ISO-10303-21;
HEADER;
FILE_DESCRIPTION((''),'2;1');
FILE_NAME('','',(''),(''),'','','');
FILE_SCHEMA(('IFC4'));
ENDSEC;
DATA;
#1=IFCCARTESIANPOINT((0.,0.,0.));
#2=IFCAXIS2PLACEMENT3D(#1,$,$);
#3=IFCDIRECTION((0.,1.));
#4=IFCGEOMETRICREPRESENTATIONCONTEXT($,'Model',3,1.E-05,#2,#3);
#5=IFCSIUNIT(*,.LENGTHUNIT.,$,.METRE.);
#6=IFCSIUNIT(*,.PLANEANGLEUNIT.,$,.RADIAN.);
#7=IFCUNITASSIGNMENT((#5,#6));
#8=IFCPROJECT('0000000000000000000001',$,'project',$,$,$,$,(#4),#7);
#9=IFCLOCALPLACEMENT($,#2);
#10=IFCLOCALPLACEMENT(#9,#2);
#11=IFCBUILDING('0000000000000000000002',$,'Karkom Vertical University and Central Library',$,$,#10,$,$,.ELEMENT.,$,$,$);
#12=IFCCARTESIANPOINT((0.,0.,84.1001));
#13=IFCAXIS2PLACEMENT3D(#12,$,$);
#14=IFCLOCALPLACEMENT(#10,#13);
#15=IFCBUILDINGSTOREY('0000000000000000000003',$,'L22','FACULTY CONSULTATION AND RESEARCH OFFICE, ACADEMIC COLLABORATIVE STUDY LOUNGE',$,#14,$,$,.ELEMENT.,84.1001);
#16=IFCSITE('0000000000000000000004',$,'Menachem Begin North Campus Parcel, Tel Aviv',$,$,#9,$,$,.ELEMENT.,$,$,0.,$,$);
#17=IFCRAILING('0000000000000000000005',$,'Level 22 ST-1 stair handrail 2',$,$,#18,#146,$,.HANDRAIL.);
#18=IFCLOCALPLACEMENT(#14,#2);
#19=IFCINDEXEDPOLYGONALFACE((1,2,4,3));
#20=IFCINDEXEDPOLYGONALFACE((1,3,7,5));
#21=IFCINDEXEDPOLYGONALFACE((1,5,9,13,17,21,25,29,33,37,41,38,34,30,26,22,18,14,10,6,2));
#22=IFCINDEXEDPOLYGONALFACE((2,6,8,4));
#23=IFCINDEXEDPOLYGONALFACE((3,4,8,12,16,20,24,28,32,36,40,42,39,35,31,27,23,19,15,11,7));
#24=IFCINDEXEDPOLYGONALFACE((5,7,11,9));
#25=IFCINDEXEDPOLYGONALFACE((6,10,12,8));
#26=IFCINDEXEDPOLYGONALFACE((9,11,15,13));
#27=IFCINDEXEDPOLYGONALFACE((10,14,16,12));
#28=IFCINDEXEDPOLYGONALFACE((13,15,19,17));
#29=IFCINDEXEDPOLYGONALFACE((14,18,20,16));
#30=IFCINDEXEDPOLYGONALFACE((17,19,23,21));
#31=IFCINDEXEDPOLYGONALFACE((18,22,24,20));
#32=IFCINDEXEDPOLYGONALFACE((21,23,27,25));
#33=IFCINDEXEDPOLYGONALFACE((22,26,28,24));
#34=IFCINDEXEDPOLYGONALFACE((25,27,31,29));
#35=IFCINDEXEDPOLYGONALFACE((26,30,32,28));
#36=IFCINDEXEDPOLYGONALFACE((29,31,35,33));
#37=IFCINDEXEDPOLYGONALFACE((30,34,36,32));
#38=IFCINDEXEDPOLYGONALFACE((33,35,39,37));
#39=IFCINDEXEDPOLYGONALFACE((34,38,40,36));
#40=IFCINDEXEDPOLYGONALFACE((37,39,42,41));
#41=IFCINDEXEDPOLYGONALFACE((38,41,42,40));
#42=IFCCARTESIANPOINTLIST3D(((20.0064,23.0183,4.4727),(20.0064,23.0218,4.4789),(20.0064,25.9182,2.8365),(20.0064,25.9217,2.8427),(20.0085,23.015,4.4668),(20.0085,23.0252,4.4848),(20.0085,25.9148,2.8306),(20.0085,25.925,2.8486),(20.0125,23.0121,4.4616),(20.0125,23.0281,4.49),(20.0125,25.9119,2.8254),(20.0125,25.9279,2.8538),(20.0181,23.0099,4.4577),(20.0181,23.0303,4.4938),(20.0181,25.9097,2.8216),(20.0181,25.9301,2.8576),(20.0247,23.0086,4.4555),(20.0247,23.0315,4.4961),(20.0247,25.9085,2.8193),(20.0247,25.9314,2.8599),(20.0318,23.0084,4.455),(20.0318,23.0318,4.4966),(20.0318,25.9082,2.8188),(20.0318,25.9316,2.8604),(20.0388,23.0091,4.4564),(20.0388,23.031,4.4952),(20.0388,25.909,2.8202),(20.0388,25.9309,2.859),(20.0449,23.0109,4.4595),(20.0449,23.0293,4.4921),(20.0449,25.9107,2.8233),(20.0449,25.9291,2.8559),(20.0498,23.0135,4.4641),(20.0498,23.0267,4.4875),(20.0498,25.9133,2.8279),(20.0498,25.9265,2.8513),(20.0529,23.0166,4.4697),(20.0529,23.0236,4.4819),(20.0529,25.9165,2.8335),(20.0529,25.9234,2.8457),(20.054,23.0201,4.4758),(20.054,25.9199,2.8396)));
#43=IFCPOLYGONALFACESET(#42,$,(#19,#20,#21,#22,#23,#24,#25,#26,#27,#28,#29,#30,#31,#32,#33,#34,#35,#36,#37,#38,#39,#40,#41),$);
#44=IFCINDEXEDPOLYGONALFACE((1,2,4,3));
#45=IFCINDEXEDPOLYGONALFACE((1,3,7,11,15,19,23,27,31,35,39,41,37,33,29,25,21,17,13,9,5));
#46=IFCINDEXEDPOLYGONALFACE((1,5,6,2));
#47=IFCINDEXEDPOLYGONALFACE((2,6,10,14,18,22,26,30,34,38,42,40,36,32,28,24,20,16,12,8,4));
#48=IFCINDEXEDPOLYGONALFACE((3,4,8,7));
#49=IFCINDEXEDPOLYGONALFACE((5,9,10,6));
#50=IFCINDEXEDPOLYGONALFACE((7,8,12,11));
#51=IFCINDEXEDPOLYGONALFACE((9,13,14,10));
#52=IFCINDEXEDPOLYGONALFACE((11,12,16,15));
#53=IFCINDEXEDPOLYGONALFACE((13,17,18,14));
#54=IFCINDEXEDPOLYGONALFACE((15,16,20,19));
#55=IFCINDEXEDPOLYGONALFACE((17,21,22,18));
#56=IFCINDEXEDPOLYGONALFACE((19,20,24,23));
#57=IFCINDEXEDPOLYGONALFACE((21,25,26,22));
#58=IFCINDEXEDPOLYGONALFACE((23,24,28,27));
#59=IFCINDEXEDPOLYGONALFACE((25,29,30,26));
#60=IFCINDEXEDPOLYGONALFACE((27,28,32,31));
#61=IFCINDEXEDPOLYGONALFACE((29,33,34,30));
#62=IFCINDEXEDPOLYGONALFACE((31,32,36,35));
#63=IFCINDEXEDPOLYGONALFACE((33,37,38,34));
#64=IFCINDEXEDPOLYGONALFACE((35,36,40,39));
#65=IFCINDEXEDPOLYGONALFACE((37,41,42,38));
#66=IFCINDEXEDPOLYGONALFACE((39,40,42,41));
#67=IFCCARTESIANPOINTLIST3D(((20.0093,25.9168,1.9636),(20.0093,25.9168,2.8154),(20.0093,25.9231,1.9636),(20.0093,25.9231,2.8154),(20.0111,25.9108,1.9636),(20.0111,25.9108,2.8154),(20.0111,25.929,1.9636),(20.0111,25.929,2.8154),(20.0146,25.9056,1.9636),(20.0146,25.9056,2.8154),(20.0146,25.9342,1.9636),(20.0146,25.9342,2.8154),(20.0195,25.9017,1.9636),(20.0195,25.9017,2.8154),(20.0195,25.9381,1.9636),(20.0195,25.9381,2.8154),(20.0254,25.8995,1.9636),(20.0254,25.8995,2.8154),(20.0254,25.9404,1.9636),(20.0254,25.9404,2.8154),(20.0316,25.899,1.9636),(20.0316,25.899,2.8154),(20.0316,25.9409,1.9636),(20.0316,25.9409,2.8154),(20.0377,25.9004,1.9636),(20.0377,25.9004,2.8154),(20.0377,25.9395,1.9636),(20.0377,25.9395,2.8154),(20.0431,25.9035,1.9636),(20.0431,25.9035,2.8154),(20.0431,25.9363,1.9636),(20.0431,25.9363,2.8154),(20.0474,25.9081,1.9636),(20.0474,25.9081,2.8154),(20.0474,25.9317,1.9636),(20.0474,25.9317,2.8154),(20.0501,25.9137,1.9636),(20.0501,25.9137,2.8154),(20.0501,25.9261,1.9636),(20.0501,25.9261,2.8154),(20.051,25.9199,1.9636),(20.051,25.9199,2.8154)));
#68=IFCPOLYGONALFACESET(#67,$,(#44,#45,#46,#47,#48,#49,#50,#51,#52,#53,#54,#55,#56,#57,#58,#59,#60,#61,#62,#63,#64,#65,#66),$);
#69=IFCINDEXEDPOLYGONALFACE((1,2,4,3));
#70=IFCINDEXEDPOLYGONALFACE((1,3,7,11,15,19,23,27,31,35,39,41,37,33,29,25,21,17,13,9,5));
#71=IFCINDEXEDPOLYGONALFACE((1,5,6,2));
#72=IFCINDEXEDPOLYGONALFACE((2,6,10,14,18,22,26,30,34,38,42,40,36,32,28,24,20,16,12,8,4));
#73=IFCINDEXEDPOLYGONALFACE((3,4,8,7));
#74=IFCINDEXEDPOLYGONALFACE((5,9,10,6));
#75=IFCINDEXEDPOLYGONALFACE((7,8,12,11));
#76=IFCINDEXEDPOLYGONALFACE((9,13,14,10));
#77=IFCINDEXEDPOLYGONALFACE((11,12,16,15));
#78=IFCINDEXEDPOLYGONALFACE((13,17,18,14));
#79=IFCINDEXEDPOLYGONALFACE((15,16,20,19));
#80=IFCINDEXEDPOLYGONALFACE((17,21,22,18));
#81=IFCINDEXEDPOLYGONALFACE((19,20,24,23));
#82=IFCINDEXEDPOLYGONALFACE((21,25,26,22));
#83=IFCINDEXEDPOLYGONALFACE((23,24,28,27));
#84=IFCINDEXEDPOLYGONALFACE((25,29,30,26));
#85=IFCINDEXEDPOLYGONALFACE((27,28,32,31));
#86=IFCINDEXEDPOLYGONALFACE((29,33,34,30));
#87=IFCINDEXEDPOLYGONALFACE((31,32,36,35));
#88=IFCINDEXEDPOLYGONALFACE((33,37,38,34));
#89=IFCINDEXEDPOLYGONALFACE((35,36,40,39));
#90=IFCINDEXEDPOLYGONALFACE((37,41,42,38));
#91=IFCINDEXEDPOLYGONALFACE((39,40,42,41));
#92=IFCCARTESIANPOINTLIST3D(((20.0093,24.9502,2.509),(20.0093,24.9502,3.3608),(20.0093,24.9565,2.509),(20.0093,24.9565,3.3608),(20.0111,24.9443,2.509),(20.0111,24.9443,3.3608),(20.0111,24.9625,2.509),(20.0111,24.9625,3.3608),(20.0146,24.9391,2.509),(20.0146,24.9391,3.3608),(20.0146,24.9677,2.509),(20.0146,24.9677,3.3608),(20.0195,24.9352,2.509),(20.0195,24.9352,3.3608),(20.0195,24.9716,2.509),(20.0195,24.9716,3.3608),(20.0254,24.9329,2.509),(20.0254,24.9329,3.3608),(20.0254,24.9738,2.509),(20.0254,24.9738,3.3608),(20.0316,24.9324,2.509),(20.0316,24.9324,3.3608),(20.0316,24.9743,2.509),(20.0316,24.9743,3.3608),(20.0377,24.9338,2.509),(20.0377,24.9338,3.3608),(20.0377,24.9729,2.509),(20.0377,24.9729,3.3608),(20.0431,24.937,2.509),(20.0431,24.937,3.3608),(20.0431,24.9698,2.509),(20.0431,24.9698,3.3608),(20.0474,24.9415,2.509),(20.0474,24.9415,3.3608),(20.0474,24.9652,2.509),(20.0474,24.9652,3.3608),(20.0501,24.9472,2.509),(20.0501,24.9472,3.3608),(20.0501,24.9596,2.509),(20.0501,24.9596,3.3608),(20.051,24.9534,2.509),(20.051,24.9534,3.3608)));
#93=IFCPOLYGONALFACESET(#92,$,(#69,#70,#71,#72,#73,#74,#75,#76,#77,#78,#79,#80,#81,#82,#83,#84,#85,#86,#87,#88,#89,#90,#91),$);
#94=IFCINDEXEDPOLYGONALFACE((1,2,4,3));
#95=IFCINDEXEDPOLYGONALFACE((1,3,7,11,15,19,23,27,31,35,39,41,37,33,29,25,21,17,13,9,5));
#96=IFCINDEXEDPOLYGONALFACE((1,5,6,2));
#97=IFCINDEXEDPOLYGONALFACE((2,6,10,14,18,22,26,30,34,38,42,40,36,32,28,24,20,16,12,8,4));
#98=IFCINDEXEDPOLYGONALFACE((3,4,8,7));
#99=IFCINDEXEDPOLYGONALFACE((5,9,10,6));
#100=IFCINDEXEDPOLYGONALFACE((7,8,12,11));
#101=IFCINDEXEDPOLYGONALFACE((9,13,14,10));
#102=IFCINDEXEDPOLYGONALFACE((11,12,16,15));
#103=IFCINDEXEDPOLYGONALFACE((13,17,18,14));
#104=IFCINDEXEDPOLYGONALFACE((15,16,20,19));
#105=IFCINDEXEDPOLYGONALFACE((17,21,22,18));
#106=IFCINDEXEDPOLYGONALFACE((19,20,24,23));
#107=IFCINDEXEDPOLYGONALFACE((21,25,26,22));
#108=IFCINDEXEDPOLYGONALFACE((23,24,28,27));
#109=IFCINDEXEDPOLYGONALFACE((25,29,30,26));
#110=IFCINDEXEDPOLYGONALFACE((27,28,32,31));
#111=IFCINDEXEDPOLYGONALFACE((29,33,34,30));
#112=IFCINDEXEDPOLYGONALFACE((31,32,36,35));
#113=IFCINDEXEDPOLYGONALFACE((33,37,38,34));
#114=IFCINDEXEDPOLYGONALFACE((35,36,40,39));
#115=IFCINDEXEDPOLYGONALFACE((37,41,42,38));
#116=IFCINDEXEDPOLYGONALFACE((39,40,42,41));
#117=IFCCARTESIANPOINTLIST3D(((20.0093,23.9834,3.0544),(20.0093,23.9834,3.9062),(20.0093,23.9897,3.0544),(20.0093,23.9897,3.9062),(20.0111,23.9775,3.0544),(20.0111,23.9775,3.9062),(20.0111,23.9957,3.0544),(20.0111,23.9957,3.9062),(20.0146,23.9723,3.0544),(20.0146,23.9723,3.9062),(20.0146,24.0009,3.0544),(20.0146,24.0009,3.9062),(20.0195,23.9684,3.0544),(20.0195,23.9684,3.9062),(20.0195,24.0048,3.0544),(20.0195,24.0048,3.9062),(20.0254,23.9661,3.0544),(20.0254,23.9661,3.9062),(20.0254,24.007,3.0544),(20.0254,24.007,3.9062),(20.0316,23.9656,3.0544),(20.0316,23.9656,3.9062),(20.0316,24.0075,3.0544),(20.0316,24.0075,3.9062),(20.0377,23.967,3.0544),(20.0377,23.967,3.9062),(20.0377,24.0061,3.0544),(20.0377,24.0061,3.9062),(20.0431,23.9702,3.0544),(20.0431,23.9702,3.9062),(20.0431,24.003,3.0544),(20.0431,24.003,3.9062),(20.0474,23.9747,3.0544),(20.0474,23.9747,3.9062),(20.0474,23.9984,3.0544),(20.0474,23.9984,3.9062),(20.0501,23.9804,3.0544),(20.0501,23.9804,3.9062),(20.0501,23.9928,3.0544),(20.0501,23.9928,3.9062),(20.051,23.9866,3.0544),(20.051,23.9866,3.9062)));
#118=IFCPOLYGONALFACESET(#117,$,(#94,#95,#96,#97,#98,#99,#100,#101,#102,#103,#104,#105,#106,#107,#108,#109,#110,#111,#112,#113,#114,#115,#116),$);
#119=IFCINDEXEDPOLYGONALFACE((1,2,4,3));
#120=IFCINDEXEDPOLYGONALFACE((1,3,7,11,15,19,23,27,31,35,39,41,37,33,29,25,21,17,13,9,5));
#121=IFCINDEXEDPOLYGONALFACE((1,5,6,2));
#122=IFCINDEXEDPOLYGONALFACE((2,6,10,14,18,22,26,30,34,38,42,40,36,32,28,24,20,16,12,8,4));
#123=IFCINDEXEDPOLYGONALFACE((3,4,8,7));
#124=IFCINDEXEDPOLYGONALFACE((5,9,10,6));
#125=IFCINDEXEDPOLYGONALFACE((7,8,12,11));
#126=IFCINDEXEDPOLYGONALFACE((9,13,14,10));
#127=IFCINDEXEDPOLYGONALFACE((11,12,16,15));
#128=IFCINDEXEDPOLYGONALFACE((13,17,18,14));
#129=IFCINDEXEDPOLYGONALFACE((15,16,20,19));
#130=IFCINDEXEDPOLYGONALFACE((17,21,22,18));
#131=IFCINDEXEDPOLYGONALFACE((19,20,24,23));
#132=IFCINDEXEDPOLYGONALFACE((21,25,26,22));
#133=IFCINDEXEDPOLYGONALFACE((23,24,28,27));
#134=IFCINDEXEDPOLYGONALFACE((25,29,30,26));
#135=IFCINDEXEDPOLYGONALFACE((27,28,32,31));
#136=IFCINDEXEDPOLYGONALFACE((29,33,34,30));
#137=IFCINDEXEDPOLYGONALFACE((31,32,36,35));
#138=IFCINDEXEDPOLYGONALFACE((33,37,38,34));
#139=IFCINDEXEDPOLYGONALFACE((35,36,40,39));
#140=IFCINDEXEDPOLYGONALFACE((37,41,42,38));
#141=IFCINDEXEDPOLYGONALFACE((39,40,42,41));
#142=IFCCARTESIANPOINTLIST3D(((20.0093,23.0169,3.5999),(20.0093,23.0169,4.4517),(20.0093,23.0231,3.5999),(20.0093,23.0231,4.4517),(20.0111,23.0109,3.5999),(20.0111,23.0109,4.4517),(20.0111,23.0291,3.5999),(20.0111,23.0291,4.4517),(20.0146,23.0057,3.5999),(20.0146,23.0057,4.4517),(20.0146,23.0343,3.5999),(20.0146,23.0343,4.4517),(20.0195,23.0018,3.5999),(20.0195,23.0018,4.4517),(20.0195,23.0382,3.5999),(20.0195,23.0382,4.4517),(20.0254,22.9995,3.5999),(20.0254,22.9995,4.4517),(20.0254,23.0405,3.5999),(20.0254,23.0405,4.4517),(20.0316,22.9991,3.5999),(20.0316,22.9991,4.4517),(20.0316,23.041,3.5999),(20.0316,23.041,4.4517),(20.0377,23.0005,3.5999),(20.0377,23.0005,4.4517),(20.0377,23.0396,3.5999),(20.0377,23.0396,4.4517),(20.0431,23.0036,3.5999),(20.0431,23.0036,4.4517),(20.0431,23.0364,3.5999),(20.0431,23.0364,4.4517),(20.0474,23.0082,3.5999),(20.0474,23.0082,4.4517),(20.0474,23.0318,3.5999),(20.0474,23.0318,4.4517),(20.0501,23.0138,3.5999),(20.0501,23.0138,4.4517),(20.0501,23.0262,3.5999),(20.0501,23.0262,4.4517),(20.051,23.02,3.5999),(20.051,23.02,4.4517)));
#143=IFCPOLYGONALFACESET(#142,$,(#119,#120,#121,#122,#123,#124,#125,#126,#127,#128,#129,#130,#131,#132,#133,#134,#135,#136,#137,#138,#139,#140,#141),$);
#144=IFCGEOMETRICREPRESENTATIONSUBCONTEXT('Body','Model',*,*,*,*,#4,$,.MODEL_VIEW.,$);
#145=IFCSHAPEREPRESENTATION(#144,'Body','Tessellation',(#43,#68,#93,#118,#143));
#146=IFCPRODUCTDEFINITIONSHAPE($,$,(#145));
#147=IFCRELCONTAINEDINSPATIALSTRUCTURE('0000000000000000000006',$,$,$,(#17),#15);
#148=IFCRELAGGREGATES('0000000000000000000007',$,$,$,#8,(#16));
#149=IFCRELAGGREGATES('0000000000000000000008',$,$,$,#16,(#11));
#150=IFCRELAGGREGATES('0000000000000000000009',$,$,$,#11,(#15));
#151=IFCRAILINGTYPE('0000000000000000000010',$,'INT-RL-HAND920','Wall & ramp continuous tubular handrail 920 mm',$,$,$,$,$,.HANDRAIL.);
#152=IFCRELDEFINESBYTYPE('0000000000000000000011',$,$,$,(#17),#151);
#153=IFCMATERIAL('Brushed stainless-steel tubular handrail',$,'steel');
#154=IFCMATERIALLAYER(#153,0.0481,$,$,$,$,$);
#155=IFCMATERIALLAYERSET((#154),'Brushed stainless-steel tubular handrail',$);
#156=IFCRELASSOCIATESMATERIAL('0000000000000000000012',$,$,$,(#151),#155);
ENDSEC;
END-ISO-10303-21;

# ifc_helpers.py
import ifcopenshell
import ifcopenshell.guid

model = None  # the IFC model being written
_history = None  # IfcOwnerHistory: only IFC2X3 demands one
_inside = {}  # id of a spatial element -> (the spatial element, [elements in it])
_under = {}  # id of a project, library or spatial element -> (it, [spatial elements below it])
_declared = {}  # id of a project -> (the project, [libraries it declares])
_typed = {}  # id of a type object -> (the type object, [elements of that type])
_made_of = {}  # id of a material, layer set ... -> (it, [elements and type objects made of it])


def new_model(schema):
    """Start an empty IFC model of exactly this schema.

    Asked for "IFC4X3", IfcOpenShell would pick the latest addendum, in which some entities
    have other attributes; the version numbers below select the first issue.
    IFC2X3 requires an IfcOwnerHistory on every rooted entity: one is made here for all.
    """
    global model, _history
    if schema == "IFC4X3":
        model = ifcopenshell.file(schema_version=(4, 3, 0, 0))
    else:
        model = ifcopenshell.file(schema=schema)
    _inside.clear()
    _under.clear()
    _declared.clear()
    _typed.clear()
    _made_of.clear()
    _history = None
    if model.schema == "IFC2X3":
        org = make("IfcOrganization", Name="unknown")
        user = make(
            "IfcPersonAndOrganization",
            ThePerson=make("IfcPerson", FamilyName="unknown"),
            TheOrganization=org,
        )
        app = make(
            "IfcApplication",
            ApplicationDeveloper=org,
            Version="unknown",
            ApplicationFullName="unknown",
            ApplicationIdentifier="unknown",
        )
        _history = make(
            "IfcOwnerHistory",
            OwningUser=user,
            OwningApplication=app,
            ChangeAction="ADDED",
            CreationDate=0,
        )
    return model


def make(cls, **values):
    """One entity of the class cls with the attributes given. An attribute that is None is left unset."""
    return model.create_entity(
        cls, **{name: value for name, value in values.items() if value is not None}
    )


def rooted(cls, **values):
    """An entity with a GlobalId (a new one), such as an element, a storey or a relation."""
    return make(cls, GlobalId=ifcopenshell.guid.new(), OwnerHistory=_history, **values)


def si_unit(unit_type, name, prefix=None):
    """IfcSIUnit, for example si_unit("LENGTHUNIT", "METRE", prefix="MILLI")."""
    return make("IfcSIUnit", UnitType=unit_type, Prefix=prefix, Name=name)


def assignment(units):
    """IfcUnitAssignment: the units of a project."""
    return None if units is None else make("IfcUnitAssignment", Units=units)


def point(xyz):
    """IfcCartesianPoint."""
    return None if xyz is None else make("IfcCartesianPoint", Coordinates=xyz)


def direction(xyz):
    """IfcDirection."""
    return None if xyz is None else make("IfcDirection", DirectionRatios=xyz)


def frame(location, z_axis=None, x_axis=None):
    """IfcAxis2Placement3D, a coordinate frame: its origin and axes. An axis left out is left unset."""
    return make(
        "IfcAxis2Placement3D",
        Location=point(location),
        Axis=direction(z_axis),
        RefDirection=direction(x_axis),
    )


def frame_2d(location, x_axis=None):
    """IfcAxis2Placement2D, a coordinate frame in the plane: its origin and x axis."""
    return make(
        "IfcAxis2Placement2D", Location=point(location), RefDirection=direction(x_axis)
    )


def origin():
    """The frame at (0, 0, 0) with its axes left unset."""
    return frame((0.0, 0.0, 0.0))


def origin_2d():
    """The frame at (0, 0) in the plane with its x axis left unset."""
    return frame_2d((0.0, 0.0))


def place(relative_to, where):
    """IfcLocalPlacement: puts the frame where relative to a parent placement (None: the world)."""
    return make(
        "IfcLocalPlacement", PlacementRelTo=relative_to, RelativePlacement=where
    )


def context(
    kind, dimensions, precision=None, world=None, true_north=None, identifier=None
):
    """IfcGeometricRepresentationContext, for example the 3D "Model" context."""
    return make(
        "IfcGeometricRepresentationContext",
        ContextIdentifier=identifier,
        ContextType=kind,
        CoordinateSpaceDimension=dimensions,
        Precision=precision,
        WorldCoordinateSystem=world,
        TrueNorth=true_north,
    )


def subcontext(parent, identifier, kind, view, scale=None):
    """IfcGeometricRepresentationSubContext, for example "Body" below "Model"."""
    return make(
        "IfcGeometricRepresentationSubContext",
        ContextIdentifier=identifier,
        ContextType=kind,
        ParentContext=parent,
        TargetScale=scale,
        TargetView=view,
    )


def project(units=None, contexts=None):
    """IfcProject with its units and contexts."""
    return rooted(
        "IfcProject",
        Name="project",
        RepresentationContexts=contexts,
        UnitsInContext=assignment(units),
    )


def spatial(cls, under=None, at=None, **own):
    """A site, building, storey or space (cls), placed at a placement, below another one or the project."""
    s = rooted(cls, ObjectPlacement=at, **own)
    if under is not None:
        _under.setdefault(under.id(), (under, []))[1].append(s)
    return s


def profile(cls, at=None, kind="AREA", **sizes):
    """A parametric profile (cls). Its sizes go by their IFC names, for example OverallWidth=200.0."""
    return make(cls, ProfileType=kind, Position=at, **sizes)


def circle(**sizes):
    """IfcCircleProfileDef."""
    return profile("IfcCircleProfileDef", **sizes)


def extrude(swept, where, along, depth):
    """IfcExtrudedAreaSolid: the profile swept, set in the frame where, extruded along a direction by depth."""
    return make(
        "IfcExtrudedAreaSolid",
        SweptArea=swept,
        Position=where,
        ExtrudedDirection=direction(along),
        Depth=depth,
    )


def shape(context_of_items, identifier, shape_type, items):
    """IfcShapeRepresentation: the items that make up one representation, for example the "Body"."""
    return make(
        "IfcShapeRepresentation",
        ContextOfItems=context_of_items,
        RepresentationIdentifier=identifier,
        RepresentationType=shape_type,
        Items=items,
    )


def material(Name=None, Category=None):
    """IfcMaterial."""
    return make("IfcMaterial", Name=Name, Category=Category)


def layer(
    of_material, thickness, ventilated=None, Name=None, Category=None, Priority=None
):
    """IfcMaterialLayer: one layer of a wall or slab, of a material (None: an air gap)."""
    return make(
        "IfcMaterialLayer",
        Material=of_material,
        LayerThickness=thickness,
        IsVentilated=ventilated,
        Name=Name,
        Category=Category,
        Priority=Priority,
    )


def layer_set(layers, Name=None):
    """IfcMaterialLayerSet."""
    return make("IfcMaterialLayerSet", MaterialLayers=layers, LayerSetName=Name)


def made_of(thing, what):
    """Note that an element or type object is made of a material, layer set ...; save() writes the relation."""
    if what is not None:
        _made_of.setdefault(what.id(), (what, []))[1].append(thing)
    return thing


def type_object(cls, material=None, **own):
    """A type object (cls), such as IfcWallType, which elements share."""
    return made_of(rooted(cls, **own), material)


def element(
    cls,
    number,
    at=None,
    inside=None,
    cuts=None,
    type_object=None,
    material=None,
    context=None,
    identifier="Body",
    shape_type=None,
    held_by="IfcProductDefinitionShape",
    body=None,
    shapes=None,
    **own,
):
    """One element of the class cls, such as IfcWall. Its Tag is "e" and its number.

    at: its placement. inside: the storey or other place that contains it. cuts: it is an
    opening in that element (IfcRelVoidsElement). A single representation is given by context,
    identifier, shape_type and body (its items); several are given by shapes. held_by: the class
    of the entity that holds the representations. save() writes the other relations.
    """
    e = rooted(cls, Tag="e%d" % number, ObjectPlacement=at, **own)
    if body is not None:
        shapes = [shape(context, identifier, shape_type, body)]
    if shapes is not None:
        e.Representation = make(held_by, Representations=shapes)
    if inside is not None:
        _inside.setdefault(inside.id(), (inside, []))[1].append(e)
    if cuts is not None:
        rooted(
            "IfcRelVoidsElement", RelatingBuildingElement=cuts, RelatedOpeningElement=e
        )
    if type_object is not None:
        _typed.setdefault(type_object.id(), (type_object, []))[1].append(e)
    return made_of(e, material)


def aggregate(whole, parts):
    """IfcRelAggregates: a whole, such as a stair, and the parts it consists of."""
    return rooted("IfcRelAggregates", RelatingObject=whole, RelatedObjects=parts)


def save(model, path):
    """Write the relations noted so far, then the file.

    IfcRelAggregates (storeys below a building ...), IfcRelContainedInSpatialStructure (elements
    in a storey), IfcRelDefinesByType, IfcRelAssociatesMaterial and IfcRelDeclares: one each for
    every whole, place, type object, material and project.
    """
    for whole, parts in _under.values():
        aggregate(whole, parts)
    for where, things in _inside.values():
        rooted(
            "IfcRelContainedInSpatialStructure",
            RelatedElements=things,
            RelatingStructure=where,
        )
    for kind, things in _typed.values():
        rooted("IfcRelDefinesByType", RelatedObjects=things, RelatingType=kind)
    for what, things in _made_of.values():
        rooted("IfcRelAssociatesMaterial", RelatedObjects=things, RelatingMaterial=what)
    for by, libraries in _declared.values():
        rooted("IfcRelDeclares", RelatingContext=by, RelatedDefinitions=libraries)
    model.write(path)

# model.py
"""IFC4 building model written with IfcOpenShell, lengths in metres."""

from ifc_helpers import new_model, si_unit, direction, frame, origin, origin_2d, place, context, subcontext, project, spatial, circle, extrude, material, layer, layer_set, type_object, element, save


model = new_model("IFC4")

# Units and contexts
model_context = context("Model", 3, precision=1e-05, world=origin(), true_north=direction((0.0, 1.0)))
body_context = subcontext(model_context, "Body", "Model", "MODEL_VIEW")
ifc_project = project(units=[si_unit("LENGTHUNIT", "METRE"), si_unit("PLANEANGLEUNIT", "RADIAN")], contexts=[model_context])

# Site, building, storey
site_placement = place(None, origin())
site = spatial("IfcSite", under=ifc_project, at=site_placement, Name="Menachem Begin North Campus Parcel, Tel Aviv", CompositionType="ELEMENT", RefElevation=0.0)
building_placement = place(site_placement, origin())
building = spatial("IfcBuilding", under=site, at=building_placement, Name="Karkom Vertical University and Central Library", CompositionType="ELEMENT")
storey_placement = place(building_placement, frame((0.0, 0.0, 84.1001)))
storey = spatial("IfcBuildingStorey", under=building, at=storey_placement, Name="L22", Description="FACULTY CONSULTATION AND RESEARCH OFFICE, ACADEMIC COLLABORATIVE STUDY LOUNGE", CompositionType="ELEMENT", Elevation=84.1001)

# Railing
ifc_material_1 = material(Name="Brushed stainless-steel tubular handrail", Category="steel")
ifc_layer_1 = layer(ifc_material_1, 0.0481)
ifc_layer_set_1 = layer_set([ifc_layer_1], Name="Brushed stainless-steel tubular handrail")
railing_type_1 = type_object("IfcRailingType", Name="INT-RL-HAND920", Description="Wall & ramp continuous tubular handrail 920 mm", PredefinedType="HANDRAIL", material=ifc_layer_set_1)
railing_1_placement = place(storey_placement, frame((20.03, 25.9199, 1.9636)))
element("IfcRailing", 1, at=railing_1_placement, inside=storey, type_object=railing_type_1, Name="Level 22 ST-1 stair handrail 2", PredefinedType="HANDRAIL", context=body_context, shape_type="SweptSolid", body=[
    extrude(circle(Radius=0.0239, at=origin_2d()), frame((0.0, 0.0, 0.876), z_axis=(0.0, -0.870929, 0.49141), x_axis=(1.0, 0.0, 0.0)), (0.0, 0.0, 1.0), 3.3296),
    extrude(circle(Radius=0.021, at=origin_2d()), origin(), (0.0, 0.0, 1.0), 0.8518),
    extrude(circle(Radius=0.021, at=origin_2d()), frame((0.0, -0.9666, 0.5454)), (0.0, 0.0, 1.0), 0.8518),
    extrude(circle(Radius=0.021, at=origin_2d()), frame((0.0, -1.9333, 1.0908)), (0.0, 0.0, 1.0), 0.8518),
    extrude(circle(Radius=0.021, at=origin_2d()), frame((0.0, -2.8999, 1.6362)), (0.0, 0.0, 1.0), 0.8518),
])

save(model, "model.ifc")
